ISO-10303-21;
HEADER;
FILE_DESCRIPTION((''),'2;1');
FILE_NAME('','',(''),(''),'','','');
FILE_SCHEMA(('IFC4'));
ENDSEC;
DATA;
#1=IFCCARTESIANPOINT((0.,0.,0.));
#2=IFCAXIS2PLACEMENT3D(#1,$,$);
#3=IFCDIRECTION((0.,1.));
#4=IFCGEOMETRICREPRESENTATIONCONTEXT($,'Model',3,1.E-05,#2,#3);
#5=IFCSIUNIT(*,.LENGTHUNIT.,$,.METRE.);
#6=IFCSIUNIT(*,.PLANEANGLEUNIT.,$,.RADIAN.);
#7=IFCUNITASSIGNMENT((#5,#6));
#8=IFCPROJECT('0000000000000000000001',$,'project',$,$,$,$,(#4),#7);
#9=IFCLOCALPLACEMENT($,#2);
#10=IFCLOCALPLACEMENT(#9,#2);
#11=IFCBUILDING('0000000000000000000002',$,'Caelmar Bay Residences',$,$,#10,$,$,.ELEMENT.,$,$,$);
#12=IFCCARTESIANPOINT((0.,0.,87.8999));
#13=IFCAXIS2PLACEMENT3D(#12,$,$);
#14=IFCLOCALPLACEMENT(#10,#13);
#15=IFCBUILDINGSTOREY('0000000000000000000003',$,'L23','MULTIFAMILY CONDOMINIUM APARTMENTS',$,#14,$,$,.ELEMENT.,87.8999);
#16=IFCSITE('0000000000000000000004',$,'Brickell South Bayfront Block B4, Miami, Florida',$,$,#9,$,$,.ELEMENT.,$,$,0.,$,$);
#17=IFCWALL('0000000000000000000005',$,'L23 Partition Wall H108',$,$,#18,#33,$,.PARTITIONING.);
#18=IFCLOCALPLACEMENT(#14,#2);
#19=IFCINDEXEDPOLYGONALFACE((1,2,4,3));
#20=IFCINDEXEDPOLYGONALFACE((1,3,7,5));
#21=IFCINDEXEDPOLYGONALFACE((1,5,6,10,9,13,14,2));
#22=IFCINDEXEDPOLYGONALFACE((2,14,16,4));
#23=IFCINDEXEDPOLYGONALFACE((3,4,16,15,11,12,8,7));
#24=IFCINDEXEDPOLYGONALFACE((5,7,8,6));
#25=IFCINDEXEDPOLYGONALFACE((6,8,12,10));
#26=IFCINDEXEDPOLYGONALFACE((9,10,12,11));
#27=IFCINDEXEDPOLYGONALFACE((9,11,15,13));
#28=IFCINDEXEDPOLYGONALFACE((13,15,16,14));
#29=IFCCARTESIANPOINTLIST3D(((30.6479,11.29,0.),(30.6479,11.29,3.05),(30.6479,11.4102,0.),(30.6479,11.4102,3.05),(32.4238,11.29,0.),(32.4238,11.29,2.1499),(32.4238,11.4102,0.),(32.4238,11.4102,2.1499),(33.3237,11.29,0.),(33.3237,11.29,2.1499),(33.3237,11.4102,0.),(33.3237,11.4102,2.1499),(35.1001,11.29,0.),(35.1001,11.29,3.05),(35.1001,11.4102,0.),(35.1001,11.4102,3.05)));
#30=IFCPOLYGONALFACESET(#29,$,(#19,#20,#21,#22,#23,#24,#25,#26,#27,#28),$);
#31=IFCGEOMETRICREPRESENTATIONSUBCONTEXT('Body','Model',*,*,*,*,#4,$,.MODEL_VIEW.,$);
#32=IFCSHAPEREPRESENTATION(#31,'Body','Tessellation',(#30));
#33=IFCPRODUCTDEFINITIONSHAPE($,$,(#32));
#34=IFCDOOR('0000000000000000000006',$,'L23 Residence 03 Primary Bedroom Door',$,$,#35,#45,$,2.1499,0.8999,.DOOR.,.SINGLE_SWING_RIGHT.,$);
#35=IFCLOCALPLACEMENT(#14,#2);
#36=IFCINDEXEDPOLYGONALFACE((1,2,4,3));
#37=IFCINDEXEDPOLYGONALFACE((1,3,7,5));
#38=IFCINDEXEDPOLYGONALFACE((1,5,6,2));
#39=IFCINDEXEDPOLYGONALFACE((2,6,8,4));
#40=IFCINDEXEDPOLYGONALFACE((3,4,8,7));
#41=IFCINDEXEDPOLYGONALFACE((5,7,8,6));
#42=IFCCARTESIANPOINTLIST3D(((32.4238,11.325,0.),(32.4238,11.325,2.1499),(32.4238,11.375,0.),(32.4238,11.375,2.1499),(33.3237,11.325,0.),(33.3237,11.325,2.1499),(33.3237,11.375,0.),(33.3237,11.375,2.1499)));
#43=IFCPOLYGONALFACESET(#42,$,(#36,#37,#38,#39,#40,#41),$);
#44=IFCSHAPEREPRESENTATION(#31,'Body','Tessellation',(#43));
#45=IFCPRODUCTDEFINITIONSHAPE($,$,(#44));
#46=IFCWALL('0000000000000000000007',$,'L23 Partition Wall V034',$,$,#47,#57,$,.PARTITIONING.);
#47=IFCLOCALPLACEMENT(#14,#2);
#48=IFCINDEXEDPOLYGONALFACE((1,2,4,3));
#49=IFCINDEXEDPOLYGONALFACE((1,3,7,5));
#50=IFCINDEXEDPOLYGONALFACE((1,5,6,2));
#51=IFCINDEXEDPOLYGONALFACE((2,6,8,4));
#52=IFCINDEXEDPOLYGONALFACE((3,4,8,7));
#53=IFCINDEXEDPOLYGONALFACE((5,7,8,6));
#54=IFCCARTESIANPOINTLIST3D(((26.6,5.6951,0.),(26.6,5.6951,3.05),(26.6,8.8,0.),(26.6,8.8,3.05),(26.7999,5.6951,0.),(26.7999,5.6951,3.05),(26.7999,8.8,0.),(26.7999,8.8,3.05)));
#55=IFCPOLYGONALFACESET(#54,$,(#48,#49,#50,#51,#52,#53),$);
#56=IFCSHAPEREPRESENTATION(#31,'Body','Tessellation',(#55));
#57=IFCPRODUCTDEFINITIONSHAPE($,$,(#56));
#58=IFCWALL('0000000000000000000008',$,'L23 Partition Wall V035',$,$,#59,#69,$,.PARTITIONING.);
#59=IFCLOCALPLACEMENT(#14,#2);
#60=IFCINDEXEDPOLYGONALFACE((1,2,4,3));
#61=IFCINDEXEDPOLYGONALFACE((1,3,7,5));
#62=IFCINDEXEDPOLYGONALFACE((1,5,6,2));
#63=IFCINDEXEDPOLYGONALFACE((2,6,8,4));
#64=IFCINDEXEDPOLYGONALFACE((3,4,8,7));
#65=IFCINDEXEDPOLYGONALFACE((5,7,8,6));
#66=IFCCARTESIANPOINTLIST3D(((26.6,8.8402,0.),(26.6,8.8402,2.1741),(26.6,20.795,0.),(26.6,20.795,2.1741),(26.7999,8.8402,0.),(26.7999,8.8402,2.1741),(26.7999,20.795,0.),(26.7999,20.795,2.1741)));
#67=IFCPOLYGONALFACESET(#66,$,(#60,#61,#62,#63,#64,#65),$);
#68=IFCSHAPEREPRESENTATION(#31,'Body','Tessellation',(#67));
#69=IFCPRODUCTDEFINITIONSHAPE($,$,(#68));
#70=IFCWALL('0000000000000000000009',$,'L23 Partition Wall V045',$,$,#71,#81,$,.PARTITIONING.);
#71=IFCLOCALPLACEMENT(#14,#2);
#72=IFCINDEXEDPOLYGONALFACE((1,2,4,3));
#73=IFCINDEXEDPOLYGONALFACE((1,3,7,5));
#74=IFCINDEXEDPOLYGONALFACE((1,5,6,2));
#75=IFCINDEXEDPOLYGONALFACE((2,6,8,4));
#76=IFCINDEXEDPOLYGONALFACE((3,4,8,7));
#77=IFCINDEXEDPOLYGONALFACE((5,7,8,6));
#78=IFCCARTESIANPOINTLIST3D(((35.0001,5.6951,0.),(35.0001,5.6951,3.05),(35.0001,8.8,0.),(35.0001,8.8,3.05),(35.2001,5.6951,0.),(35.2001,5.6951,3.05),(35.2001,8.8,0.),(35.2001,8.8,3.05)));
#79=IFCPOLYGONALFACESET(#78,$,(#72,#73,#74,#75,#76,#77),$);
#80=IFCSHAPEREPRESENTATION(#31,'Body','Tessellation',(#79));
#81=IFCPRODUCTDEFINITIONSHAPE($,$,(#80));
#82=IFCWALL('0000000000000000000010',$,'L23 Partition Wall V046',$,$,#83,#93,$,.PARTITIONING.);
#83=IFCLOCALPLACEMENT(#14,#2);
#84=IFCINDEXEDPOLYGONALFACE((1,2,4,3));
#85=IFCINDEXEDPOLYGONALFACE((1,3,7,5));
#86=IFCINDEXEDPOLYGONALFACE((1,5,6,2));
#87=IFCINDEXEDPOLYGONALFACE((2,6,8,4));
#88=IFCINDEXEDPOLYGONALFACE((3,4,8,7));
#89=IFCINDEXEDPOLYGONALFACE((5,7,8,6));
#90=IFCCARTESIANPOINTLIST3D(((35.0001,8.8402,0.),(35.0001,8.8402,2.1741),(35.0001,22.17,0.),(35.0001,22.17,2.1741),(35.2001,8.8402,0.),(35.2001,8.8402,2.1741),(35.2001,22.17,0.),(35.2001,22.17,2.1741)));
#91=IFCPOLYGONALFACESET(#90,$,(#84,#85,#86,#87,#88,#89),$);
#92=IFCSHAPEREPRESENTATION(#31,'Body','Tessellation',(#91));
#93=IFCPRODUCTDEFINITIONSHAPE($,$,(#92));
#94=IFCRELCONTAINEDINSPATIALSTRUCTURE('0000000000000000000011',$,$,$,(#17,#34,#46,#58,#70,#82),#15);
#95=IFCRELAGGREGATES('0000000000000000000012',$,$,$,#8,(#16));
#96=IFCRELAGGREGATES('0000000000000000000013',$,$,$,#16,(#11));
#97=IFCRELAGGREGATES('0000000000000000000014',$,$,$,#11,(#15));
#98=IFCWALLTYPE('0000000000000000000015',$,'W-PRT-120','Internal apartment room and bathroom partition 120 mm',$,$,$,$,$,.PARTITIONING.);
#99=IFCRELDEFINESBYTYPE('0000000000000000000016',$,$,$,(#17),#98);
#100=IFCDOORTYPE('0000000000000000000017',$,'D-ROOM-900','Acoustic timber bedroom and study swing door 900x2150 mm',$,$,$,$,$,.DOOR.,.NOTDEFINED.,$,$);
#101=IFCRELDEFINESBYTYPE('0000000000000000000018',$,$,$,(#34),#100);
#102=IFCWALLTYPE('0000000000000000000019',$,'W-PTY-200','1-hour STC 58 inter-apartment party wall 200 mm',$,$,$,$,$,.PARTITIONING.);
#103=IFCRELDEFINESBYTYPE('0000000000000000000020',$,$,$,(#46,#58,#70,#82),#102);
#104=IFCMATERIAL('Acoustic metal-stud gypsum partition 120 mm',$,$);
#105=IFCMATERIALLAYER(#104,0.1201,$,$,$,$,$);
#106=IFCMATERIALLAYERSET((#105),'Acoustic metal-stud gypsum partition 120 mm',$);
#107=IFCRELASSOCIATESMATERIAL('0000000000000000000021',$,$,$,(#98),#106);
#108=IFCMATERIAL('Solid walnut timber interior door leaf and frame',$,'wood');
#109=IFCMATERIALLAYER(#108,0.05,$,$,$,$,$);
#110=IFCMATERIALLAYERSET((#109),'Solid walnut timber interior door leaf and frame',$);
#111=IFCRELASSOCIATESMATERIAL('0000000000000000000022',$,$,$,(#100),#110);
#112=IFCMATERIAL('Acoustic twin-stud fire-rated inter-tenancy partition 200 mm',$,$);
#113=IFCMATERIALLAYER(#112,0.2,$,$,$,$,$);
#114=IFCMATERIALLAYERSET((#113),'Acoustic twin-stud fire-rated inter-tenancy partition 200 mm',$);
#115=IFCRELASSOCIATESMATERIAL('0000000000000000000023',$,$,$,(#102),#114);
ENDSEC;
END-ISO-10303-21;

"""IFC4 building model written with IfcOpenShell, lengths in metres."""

from ifc_helpers import new_model, si_unit, direction, frame, frame_2d, origin, place, context, subcontext, project, spatial, rectangle, extrude, material, layer, layer_set, type_object, element, fill, save


model = new_model("IFC4")

# Units and contexts
model_context = context("Model", 3, precision=1e-05, world=origin(), true_north=direction((0.0, 1.0)))
body_context = subcontext(model_context, "Body", "Model", "MODEL_VIEW")
ifc_project = project(units=[si_unit("LENGTHUNIT", "METRE"), si_unit("PLANEANGLEUNIT", "RADIAN")], contexts=[model_context])

# Site, building, storey
site_placement = place(None, origin())
site = spatial("IfcSite", under=ifc_project, at=site_placement, Name="Brickell South Bayfront Block B4, Miami, Florida", CompositionType="ELEMENT", RefElevation=0.0)
building_placement = place(site_placement, origin())
building = spatial("IfcBuilding", under=site, at=building_placement, Name="Caelmar Bay Residences", CompositionType="ELEMENT")
storey_placement = place(building_placement, frame((0.0, 0.0, 87.8999)))
storey = spatial("IfcBuildingStorey", under=building, at=storey_placement, Name="L23", Description="MULTIFAMILY CONDOMINIUM APARTMENTS", CompositionType="ELEMENT", Elevation=87.8999)

# Shared definitions
ifc_material_1 = material(Name="Acoustic metal-stud gypsum partition 120 mm")
ifc_layer_1 = layer(ifc_material_1, 0.1201)
ifc_layer_set_1 = layer_set([ifc_layer_1], Name="Acoustic metal-stud gypsum partition 120 mm")
wall_type_1 = type_object("IfcWallType", Name="W-PRT-120", Description="Internal apartment room and bathroom partition 120 mm", PredefinedType="PARTITIONING", material=ifc_layer_set_1)

# Wall, opening, door
ifc_material_2 = material(Name="Solid walnut timber interior door leaf and frame", Category="wood")
ifc_layer_2 = layer(ifc_material_2, 0.05)
ifc_layer_set_2 = layer_set([ifc_layer_2], Name="Solid walnut timber interior door leaf and frame")
door_type = type_object("IfcDoorType", Name="D-ROOM-900", Description="Acoustic timber bedroom and study swing door 900x2150 mm", OperationType="NOTDEFINED", PredefinedType="DOOR", material=ifc_layer_set_2)
wall_1_placement = place(storey_placement, frame((30.6479, 11.3501, 0.0), z_axis=(0.0, 0.0, 1.0), x_axis=(1.0, 0.0, 0.0)))
wall_1 = element("IfcWall", 1, at=wall_1_placement, inside=storey, type_object=wall_type_1, Name="L23 Partition Wall H108", PredefinedType="PARTITIONING", context=body_context, shape_type="SweptSolid", body=[
    extrude(rectangle(XDim=4.4521, YDim=0.1201, at=frame_2d((2.2261, 0.0))), origin(), (0.0, 0.0, 1.0), 3.05),
])
opening_1_placement = place(wall_1_placement, frame((1.7759, 0.0, 0.0)))
opening_1 = element("IfcOpeningElement", 2, at=opening_1_placement, cuts=wall_1, PredefinedType="OPENING", context=body_context, shape_type="SweptSolid", body=[
    extrude(rectangle(XDim=0.8999, YDim=2.1499, at=frame_2d((0.45, 1.075))), frame((0.0, 0.0701, 0.0), z_axis=(0.0, -1.0, 0.0), x_axis=(1.0, 0.0, 0.0)), (0.0, 0.0, 1.0), 0.1401),
])
door_1_placement = place(opening_1_placement, origin())
door_1 = element("IfcDoor", 3, at=door_1_placement, inside=storey, type_object=door_type, Name="L23 Residence 03 Primary Bedroom Door", OperationType="SINGLE_SWING_RIGHT", OverallHeight=2.1499, OverallWidth=0.8999, PredefinedType="DOOR", context=body_context, shape_type="SweptSolid", body=[
    extrude(rectangle(XDim=0.8999, YDim=2.1499, at=frame_2d((0.45, 1.075))), frame((0.0, 0.0249, 0.0), z_axis=(0.0, -1.0, 0.0), x_axis=(1.0, 0.0, 0.0)), (0.0, 0.0, 1.0), 0.05),
])
fill(opening_1, door_1)

# Walls
ifc_material_3 = material(Name="Acoustic twin-stud fire-rated inter-tenancy partition 200 mm")
ifc_layer_3 = layer(ifc_material_3, 0.2)
ifc_layer_set_3 = layer_set([ifc_layer_3], Name="Acoustic twin-stud fire-rated inter-tenancy partition 200 mm")
wall_type_2 = type_object("IfcWallType", Name="W-PTY-200", Description="1-hour STC 58 inter-apartment party wall 200 mm", PredefinedType="PARTITIONING", material=ifc_layer_set_3)
wall_2_placement = place(storey_placement, frame((26.7, 5.6951, 0.0), z_axis=(0.0, 0.0, 1.0), x_axis=(0.0, 1.0, 0.0)))
element("IfcWall", 4, at=wall_2_placement, inside=storey, type_object=wall_type_2, Name="L23 Partition Wall V034", PredefinedType="PARTITIONING", context=body_context, shape_type="SweptSolid", body=[
    extrude(rectangle(XDim=3.105, YDim=0.2, at=frame_2d((1.5525, 0.0))), origin(), (0.0, 0.0, 1.0), 3.05),
])
wall_3_placement = place(storey_placement, frame((26.7, 8.8401, 0.0), z_axis=(0.0, 0.0, 1.0), x_axis=(0.0, 1.0, 0.0)))
element("IfcWall", 5, at=wall_3_placement, inside=storey, type_object=wall_type_2, Name="L23 Partition Wall V035", PredefinedType="PARTITIONING", context=body_context, shape_type="SweptSolid", body=[
    extrude(rectangle(XDim=11.9548, YDim=0.2, at=frame_2d((5.9775, 0.0))), origin(), (0.0, 0.0, 1.0), 2.1741),
])
wall_4_placement = place(storey_placement, frame((35.1001, 5.6951, 0.0), z_axis=(0.0, 0.0, 1.0), x_axis=(0.0, 1.0, 0.0)))
element("IfcWall", 6, at=wall_4_placement, inside=storey, type_object=wall_type_2, Name="L23 Partition Wall V045", PredefinedType="PARTITIONING", context=body_context, shape_type="SweptSolid", body=[
    extrude(rectangle(XDim=3.105, YDim=0.2, at=frame_2d((1.5525, 0.0))), origin(), (0.0, 0.0, 1.0), 3.05),
])
wall_5_placement = place(storey_placement, frame((35.1001, 8.8401, 0.0), z_axis=(0.0, 0.0, 1.0), x_axis=(0.0, 1.0, 0.0)))
element("IfcWall", 7, at=wall_5_placement, inside=storey, type_object=wall_type_2, Name="L23 Partition Wall V046", PredefinedType="PARTITIONING", context=body_context, shape_type="SweptSolid", body=[
    extrude(rectangle(XDim=13.3298, YDim=0.2, at=frame_2d((6.665, 0.0))), origin(), (0.0, 0.0, 1.0), 2.1741),
])

save(model, "model.ifc")
